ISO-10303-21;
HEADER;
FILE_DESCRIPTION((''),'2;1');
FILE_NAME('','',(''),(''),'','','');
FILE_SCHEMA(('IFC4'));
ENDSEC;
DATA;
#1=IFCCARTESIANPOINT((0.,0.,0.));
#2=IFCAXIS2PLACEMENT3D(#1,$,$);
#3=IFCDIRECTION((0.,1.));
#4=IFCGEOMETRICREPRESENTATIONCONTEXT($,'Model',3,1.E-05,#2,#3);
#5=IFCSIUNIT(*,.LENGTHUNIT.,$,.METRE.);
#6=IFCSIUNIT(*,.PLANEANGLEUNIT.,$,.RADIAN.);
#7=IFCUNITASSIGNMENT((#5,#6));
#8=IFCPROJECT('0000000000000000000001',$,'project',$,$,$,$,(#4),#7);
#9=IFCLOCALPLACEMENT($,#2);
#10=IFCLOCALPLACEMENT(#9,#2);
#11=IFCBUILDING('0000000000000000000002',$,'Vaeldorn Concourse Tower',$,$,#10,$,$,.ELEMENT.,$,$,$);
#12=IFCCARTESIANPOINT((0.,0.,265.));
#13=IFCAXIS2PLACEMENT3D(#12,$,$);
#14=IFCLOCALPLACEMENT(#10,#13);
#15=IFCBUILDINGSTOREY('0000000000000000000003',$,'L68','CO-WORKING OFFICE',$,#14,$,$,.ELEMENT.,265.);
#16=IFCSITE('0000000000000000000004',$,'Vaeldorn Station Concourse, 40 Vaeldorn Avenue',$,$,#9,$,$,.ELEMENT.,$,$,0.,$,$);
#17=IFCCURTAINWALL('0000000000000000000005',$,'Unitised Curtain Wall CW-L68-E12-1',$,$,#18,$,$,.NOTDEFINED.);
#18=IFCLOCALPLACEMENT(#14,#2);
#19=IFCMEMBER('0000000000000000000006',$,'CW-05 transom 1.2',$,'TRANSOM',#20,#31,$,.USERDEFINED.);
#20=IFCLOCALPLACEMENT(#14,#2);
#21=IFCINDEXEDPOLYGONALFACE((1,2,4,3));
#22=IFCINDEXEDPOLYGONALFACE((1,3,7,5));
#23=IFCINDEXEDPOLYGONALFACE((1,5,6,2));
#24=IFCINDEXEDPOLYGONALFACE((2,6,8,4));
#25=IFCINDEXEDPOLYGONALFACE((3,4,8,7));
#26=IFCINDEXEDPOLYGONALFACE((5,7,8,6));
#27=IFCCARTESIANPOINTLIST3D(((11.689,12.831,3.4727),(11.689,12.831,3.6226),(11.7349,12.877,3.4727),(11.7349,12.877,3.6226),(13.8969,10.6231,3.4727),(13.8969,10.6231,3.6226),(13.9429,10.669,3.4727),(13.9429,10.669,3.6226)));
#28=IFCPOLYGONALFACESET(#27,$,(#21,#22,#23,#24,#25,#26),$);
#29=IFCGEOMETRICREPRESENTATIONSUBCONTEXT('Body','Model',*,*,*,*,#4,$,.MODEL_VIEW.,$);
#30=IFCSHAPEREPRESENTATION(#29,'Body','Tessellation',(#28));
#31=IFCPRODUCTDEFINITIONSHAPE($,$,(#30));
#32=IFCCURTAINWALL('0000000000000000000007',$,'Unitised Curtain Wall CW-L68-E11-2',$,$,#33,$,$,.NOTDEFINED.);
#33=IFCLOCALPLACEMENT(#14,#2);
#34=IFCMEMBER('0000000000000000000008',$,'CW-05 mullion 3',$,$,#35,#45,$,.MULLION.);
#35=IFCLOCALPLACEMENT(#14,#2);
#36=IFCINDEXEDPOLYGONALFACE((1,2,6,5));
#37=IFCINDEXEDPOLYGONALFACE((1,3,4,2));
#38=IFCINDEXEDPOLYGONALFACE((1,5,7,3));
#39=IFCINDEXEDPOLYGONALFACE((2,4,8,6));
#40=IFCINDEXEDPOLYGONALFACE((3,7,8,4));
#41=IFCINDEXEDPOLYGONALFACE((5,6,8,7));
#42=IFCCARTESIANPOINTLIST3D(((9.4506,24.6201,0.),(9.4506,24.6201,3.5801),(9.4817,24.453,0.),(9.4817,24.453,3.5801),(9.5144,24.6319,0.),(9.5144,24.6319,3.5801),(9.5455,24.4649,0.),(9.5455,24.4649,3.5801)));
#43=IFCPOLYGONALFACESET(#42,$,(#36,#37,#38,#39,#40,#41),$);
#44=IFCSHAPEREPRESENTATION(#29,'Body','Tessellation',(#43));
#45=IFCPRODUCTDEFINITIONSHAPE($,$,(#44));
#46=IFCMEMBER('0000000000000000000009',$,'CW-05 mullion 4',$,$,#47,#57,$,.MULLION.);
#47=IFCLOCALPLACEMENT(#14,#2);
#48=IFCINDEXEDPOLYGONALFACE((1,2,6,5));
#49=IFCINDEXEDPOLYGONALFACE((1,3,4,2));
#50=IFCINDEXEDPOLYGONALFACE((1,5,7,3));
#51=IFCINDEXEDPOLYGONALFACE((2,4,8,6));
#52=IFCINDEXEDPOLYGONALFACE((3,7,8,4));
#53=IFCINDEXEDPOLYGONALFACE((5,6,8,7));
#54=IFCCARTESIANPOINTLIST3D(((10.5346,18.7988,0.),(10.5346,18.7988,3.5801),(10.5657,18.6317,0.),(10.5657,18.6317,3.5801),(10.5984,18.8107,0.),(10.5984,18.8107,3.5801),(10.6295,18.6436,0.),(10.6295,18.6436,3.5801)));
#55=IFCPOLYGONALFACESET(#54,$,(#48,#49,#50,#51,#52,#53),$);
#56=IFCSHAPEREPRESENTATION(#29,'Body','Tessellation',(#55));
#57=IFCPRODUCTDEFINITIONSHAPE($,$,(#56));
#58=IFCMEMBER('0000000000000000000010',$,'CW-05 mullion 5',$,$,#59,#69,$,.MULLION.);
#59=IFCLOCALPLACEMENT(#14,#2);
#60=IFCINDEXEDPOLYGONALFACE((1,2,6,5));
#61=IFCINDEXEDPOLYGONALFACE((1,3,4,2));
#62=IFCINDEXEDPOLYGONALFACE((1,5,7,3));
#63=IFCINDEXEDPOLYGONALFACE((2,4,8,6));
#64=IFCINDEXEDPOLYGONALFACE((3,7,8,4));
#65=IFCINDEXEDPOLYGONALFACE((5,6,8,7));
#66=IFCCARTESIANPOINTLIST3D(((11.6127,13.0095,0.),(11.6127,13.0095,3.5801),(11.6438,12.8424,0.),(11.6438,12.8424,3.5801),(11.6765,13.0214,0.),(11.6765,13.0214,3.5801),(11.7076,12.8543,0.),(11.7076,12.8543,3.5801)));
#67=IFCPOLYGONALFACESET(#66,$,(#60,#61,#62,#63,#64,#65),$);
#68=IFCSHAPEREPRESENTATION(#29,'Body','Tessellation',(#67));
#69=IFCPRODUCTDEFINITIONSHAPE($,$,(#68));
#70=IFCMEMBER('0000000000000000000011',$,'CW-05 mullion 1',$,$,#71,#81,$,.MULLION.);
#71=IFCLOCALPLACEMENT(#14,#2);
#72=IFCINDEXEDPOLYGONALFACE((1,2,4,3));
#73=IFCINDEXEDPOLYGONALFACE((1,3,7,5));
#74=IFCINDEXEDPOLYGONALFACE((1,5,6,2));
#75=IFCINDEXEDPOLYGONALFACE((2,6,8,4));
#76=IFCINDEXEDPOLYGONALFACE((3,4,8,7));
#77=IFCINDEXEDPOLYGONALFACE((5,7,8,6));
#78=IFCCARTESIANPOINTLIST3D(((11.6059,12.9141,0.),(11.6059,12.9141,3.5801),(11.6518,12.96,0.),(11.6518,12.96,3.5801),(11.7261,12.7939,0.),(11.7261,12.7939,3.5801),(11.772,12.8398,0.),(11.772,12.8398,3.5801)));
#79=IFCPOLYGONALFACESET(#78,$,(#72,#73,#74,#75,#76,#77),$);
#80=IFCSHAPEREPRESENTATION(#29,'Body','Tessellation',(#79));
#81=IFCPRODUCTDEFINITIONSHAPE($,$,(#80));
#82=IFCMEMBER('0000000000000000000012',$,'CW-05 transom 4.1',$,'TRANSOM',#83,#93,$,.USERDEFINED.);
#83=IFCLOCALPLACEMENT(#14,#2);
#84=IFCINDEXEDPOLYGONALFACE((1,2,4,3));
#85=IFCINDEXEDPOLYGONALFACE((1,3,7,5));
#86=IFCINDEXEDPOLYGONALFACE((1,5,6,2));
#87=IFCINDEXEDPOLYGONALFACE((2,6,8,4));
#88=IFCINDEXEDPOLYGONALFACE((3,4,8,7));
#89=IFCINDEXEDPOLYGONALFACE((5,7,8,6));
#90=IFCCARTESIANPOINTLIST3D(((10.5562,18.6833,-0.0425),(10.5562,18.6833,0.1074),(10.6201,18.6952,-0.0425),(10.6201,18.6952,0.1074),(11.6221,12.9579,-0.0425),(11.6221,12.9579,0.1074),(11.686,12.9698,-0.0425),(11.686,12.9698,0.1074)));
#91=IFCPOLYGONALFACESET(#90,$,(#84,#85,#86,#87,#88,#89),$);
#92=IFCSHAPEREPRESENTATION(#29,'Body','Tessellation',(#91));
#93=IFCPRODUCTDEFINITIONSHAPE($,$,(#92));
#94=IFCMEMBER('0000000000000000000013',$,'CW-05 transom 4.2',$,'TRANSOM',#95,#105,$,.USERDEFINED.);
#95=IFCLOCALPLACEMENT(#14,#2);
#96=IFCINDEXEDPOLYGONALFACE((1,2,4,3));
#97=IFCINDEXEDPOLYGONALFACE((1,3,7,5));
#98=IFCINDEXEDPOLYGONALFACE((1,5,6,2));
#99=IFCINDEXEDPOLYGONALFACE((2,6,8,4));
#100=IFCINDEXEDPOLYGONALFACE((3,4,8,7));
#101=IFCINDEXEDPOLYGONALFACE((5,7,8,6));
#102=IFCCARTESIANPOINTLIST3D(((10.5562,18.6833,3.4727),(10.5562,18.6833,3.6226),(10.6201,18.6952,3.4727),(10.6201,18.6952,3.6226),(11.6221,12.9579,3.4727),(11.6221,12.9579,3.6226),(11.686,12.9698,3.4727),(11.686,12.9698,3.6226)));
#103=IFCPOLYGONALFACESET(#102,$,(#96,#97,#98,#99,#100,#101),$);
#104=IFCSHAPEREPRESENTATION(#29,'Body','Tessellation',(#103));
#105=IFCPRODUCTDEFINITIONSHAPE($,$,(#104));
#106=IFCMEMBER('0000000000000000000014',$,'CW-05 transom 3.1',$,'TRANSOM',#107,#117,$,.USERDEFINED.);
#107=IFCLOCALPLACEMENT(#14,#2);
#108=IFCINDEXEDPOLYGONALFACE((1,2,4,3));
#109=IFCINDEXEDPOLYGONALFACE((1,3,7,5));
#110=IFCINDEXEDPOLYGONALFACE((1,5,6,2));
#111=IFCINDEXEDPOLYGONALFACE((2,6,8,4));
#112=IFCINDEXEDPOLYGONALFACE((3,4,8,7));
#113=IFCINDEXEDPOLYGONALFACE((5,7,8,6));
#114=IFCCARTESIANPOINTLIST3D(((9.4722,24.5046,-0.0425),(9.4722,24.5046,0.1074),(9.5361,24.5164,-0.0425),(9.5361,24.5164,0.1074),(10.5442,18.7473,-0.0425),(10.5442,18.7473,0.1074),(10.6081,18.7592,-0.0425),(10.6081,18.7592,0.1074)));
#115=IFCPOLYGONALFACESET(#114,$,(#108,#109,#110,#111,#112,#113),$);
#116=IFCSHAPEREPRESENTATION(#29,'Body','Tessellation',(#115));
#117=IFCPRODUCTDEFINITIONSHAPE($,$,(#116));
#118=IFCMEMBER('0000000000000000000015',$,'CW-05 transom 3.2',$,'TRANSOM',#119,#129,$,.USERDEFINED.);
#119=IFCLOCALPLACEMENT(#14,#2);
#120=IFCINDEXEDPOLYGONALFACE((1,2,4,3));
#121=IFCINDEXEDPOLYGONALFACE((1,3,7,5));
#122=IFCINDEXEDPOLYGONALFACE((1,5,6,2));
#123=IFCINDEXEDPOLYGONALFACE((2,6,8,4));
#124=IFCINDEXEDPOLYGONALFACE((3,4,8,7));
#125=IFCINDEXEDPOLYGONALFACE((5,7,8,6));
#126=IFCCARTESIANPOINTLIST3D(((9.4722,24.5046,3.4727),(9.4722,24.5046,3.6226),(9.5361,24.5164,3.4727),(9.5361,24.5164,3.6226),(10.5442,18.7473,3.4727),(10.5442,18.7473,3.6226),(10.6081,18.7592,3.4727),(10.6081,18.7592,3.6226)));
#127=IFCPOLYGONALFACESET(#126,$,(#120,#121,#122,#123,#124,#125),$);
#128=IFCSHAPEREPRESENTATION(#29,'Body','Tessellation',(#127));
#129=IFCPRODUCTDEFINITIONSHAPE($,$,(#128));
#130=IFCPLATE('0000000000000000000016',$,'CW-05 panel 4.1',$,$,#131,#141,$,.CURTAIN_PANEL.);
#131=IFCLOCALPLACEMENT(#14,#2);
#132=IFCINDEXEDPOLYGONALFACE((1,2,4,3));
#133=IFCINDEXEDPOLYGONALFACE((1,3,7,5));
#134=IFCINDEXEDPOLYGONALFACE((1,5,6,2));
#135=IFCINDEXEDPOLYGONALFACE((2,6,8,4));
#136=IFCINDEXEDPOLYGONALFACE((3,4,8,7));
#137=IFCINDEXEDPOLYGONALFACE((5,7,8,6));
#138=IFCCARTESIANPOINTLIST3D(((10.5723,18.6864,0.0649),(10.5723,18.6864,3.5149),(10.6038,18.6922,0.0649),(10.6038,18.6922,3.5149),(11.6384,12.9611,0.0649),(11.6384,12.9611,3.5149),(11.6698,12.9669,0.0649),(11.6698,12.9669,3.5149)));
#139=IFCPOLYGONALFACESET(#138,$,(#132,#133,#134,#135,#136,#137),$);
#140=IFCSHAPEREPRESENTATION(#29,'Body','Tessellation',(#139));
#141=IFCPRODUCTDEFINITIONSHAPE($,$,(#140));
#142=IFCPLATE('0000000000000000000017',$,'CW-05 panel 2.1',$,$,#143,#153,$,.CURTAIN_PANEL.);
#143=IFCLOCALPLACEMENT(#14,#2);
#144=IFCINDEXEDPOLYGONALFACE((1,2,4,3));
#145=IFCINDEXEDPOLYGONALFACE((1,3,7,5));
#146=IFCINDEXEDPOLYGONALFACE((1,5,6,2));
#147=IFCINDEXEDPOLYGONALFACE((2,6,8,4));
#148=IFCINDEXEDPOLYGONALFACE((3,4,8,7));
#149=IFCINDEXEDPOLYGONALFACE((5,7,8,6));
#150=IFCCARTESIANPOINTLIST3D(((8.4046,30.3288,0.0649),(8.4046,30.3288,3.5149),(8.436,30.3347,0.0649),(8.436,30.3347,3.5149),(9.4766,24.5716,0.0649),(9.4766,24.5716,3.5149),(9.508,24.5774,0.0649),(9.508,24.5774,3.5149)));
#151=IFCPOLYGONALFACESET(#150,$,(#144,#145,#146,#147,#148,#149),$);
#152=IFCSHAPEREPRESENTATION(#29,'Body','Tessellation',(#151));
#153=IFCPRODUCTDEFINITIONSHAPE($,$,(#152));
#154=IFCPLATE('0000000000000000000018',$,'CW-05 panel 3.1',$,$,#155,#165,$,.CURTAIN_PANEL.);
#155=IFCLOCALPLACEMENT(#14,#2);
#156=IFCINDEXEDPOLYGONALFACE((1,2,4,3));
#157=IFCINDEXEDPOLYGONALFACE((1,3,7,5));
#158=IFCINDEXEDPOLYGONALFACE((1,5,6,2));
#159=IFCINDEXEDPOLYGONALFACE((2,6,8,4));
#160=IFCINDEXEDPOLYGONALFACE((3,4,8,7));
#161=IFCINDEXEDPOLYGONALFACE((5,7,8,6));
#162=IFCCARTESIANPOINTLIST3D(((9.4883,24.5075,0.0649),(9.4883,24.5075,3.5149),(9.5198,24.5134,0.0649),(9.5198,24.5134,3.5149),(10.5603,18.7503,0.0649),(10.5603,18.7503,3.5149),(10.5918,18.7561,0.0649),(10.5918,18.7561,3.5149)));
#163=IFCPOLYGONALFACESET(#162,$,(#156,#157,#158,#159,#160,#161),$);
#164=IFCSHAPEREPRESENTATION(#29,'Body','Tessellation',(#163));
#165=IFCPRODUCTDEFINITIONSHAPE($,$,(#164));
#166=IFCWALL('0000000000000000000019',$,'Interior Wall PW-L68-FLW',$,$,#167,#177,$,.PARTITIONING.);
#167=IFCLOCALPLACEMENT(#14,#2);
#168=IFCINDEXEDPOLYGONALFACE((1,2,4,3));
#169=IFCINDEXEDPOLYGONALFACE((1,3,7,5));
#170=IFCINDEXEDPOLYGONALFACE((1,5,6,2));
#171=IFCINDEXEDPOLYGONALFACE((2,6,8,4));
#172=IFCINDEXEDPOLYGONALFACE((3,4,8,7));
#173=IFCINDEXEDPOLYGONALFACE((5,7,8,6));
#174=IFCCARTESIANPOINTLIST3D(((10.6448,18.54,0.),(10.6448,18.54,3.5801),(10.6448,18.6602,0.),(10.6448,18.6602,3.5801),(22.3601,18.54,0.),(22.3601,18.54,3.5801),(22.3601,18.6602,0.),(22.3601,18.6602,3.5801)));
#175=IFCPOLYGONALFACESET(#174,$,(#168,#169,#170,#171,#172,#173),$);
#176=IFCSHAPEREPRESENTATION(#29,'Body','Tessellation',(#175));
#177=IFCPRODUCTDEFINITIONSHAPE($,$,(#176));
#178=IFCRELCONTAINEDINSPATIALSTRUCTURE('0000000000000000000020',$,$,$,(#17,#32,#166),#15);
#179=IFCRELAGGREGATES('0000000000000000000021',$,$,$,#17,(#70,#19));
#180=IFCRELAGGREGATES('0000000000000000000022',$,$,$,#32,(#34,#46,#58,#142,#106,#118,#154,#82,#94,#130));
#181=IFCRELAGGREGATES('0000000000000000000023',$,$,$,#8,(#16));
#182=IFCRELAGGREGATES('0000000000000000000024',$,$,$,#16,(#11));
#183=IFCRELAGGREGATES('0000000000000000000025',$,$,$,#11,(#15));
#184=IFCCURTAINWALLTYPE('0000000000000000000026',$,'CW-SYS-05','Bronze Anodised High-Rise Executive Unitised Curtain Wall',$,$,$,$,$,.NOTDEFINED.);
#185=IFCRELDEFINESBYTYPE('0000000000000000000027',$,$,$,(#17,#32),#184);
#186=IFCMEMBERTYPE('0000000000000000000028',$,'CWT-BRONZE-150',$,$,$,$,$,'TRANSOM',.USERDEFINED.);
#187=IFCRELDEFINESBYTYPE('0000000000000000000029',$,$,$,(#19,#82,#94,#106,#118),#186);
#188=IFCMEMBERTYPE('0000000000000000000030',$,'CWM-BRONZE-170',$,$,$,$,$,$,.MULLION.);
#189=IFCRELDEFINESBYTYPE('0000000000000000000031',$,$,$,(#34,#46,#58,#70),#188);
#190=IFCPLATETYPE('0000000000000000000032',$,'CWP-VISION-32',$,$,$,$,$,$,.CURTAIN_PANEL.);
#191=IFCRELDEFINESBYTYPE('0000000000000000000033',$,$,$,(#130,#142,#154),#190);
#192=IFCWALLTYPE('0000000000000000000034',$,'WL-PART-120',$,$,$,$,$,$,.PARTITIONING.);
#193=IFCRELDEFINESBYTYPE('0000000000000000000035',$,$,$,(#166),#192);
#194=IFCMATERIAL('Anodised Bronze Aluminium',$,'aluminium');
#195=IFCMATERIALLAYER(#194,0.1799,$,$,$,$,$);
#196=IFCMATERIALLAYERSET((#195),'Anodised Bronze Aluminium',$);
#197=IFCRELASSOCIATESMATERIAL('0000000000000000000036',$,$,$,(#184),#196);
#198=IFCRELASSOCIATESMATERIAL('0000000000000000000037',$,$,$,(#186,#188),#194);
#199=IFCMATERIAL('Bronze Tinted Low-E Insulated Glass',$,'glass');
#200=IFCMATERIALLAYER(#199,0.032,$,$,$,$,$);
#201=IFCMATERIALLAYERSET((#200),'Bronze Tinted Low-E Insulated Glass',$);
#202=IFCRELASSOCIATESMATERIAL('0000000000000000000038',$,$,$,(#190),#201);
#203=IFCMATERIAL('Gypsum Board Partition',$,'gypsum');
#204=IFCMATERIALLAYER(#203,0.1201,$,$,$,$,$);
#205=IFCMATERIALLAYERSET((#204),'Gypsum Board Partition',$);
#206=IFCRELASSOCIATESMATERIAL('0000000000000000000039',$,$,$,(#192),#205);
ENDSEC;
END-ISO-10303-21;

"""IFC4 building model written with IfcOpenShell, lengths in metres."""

from ifc_helpers import new_model, si_unit, direction, frame, frame_2d, origin, origin_2d, place, context, subcontext, project, spatial, rectangle, extrude, source, transform, mapped, material, layer, layer_set, material_profile, profile_set, type_object, element, aggregate, save


model = new_model("IFC4")

# Units and contexts
model_context = context("Model", 3, precision=1e-05, world=origin(), true_north=direction((0.0, 1.0)))
body_context = subcontext(model_context, "Body", "Model", "MODEL_VIEW")
ifc_project = project(units=[si_unit("LENGTHUNIT", "METRE"), si_unit("PLANEANGLEUNIT", "RADIAN")], contexts=[model_context])

# Site, building, storey
site_placement = place(None, origin())
site = spatial("IfcSite", under=ifc_project, at=site_placement, Name="Vaeldorn Station Concourse, 40 Vaeldorn Avenue", CompositionType="ELEMENT", RefElevation=0.0)
building_placement = place(site_placement, origin())
building = spatial("IfcBuilding", under=site, at=building_placement, Name="Vaeldorn Concourse Tower", CompositionType="ELEMENT")
storey_placement = place(building_placement, frame((0.0, 0.0, 265.0)))
storey = spatial("IfcBuildingStorey", under=building, at=storey_placement, Name="L68", Description="CO-WORKING OFFICE", CompositionType="ELEMENT", Elevation=265.0)

# Curtain walls, members
ifc_material_1 = material(Name="Anodised Bronze Aluminium", Category="aluminium")
ifc_layer_1 = layer(ifc_material_1, 0.1799)
ifc_layer_set_1 = layer_set([ifc_layer_1], Name="Anodised Bronze Aluminium")
curtain_wall_type = type_object("IfcCurtainWallType", Name="CW-SYS-05", Description="Bronze Anodised High-Rise Executive Unitised Curtain Wall", PredefinedType="NOTDEFINED", material=ifc_layer_set_1)
curtain_wall_1_placement = place(storey_placement, origin())
curtain_wall_1 = element("IfcCurtainWall", 1, at=curtain_wall_1_placement, inside=storey, type_object=curtain_wall_type, Name="Unitised Curtain Wall CW-L68-E12-1", PredefinedType="NOTDEFINED")
ifc_material_profile_1 = material_profile(ifc_material_1, rectangle(XDim=0.0649, YDim=0.1499, at=origin_2d()), Name="CWT 65x150")
ifc_profile_set_1 = profile_set([ifc_material_profile_1], Name="Anodised Bronze Aluminium")
member_type_1 = type_object("IfcMemberType", Name="CWT-BRONZE-150", ElementType="TRANSOM", PredefinedType="USERDEFINED", material=ifc_profile_set_1)
shared_shape_1 = source(origin(), body_context, "Body", "SweptSolid", [
    extrude(rectangle(XDim=0.0649, YDim=0.1499, at=origin_2d()), origin(), (0.0, 0.0, 1.0), 3.1226),
])
member_1_placement = place(storey_placement, frame((11.7119, 12.854, 3.5476), z_axis=(0.707107, -0.707107, 0.0), x_axis=(0.707107, 0.707107, 0.0)))
member_1 = element("IfcMember", 2, at=member_1_placement, type_object=member_type_1, Name="CW-05 transom 1.2", ObjectType="TRANSOM", PredefinedType="USERDEFINED", context=body_context, shape_type="MappedRepresentation", body=[
    mapped(shared_shape_1, transform((0.0, 0.0, 0.0), scale=1.0)),
])
curtain_wall_2_placement = place(storey_placement, origin())
curtain_wall_2 = element("IfcCurtainWall", 3, at=curtain_wall_2_placement, inside=storey, type_object=curtain_wall_type, Name="Unitised Curtain Wall CW-L68-E11-2", PredefinedType="NOTDEFINED")
ifc_material_profile_2 = material_profile(ifc_material_1, rectangle(XDim=0.0649, YDim=0.1699, at=origin_2d()), Name="CWM 65x170")
ifc_profile_set_2 = profile_set([ifc_material_profile_2], Name="Anodised Bronze Aluminium")
member_type_2 = type_object("IfcMemberType", Name="CWM-BRONZE-170", PredefinedType="MULLION", material=ifc_profile_set_2)
shared_shape_2 = source(origin(), body_context, "Body", "SweptSolid", [
    extrude(rectangle(XDim=0.0649, YDim=0.1699, at=origin_2d()), origin(), (0.0, 0.0, 1.0), 3.5801),
])
member_2_placement = place(storey_placement, frame((9.498, 24.5425, 0.0), z_axis=(0.0, 0.0, 1.0), x_axis=(0.983103, 0.183055, 0.0)))
member_2 = element("IfcMember", 4, at=member_2_placement, type_object=member_type_2, Name="CW-05 mullion 3", PredefinedType="MULLION", context=body_context, shape_type="MappedRepresentation", body=[
    mapped(shared_shape_2, transform((0.0, 0.0, 0.0), scale=1.0)),
])
member_3_placement = place(storey_placement, frame((10.582, 18.7212, 0.0), z_axis=(0.0, 0.0, 1.0), x_axis=(0.983103, 0.183055, 0.0)))
member_3 = element("IfcMember", 5, at=member_3_placement, type_object=member_type_2, Name="CW-05 mullion 4", PredefinedType="MULLION", context=body_context, shape_type="MappedRepresentation", body=[
    mapped(shared_shape_2, transform((0.0, 0.0, 0.0), scale=1.0)),
])
member_4_placement = place(storey_placement, frame((11.6602, 12.9319, 0.0), z_axis=(0.0, 0.0, 1.0), x_axis=(0.983103, 0.183055, 0.0)))
member_4 = element("IfcMember", 6, at=member_4_placement, type_object=member_type_2, Name="CW-05 mullion 5", PredefinedType="MULLION", context=body_context, shape_type="MappedRepresentation", body=[
    mapped(shared_shape_2, transform((0.0, 0.0, 0.0), scale=1.0)),
])

# Members
member_5_placement = place(storey_placement, frame((11.689, 12.877, 0.0), z_axis=(0.0, 0.0, 1.0), x_axis=(0.707107, 0.707107, 0.0)))
member_5 = element("IfcMember", 7, at=member_5_placement, type_object=member_type_2, Name="CW-05 mullion 1", PredefinedType="MULLION", context=body_context, shape_type="MappedRepresentation", body=[
    mapped(shared_shape_2, transform((0.0, 0.0, 0.0), scale=1.0)),
])
aggregate(curtain_wall_1, [member_5, member_1])
shared_shape_3 = source(origin(), body_context, "Body", "SweptSolid", [
    extrude(rectangle(XDim=0.0649, YDim=0.1499, at=origin_2d()), origin(), (0.0, 0.0, 1.0), 5.8237),
])
member_6_placement = place(storey_placement, frame((10.5881, 18.6892, 0.0325), z_axis=(0.18303, -0.983107, 0.0), x_axis=(0.983107, 0.18303, 0.0)))
member_6 = element("IfcMember", 8, at=member_6_placement, type_object=member_type_1, Name="CW-05 transom 4.1", ObjectType="TRANSOM", PredefinedType="USERDEFINED", context=body_context, shape_type="MappedRepresentation", body=[
    mapped(shared_shape_3, transform((0.0, 0.0, 0.0), scale=1.0)),
])
member_7_placement = place(storey_placement, frame((10.5881, 18.6892, 3.5476), z_axis=(0.18303, -0.983107, 0.0), x_axis=(0.983107, 0.18303, 0.0)))
member_7 = element("IfcMember", 9, at=member_7_placement, type_object=member_type_1, Name="CW-05 transom 4.2", ObjectType="TRANSOM", PredefinedType="USERDEFINED", context=body_context, shape_type="MappedRepresentation", body=[
    mapped(shared_shape_3, transform((0.0, 0.0, 0.0), scale=1.0)),
])
shared_shape_4 = source(origin(), body_context, "Body", "SweptSolid", [
    extrude(rectangle(XDim=0.0649, YDim=0.1499, at=origin_2d()), origin(), (0.0, 0.0, 1.0), 5.8562),
])
member_8_placement = place(storey_placement, frame((9.5042, 24.5105, 0.0325), z_axis=(0.183055, -0.983103, 0.0), x_axis=(0.983103, 0.183055, 0.0)))
member_8 = element("IfcMember", 10, at=member_8_placement, type_object=member_type_1, Name="CW-05 transom 3.1", ObjectType="TRANSOM", PredefinedType="USERDEFINED", context=body_context, shape_type="MappedRepresentation", body=[
    mapped(shared_shape_4, transform((0.0, 0.0, 0.0), scale=1.0)),
])
member_9_placement = place(storey_placement, frame((9.5042, 24.5105, 3.5476), z_axis=(0.183055, -0.983103, 0.0), x_axis=(0.983103, 0.183055, 0.0)))
member_9 = element("IfcMember", 11, at=member_9_placement, type_object=member_type_1, Name="CW-05 transom 3.2", ObjectType="TRANSOM", PredefinedType="USERDEFINED", context=body_context, shape_type="MappedRepresentation", body=[
    mapped(shared_shape_4, transform((0.0, 0.0, 0.0), scale=1.0)),
])

# Plates
ifc_material_2 = material(Name="Bronze Tinted Low-E Insulated Glass", Category="glass")
ifc_layer_2 = layer(ifc_material_2, 0.032)
ifc_layer_set_2 = layer_set([ifc_layer_2], Name="Bronze Tinted Low-E Insulated Glass")
plate_type = type_object("IfcPlateType", Name="CWP-VISION-32", PredefinedType="CURTAIN_PANEL", material=ifc_layer_set_2)
shared_shape_5 = source(origin(), body_context, "Body", "SweptSolid", [
    extrude(rectangle(XDim=5.8237, YDim=0.032, at=origin_2d()), origin(), (0.0, 0.0, 1.0), 3.45),
])
plate_1_placement = place(storey_placement, frame((11.1211, 15.8267, 0.0649), z_axis=(0.0, 0.0, 1.0), x_axis=(0.183055, -0.983103, 0.0)))
plate_1 = element("IfcPlate", 12, at=plate_1_placement, type_object=plate_type, Name="CW-05 panel 4.1", PredefinedType="CURTAIN_PANEL", context=body_context, shape_type="MappedRepresentation", body=[
    mapped(shared_shape_5, transform((0.0, 0.0, 0.0), scale=1.0)),
])
shared_shape_6 = source(origin(), body_context, "Body", "SweptSolid", [
    extrude(rectangle(XDim=5.8562, YDim=0.032, at=origin_2d()), origin(), (0.0, 0.0, 1.0), 3.45),
])
plate_2_placement = place(storey_placement, frame((8.9563, 27.4531, 0.0649), z_axis=(0.0, 0.0, 1.0), x_axis=(0.183055, -0.983103, 0.0)))
plate_2 = element("IfcPlate", 13, at=plate_2_placement, type_object=plate_type, Name="CW-05 panel 2.1", PredefinedType="CURTAIN_PANEL", context=body_context, shape_type="MappedRepresentation", body=[
    mapped(shared_shape_6, transform((0.0, 0.0, 0.0), scale=1.0)),
])
plate_3_placement = place(storey_placement, frame((10.04, 21.6318, 0.0649), z_axis=(0.0, 0.0, 1.0), x_axis=(0.183055, -0.983103, 0.0)))
plate_3 = element("IfcPlate", 14, at=plate_3_placement, type_object=plate_type, Name="CW-05 panel 3.1", PredefinedType="CURTAIN_PANEL", context=body_context, shape_type="MappedRepresentation", body=[
    mapped(shared_shape_6, transform((0.0, 0.0, 0.0), scale=1.0)),
])
aggregate(curtain_wall_2, [member_2, member_3, member_4, plate_2, member_8, member_9, plate_3, member_6, member_7, plate_1])

# Wall
ifc_material_3 = material(Name="Gypsum Board Partition", Category="gypsum")
ifc_layer_3 = layer(ifc_material_3, 0.1201)
ifc_layer_set_3 = layer_set([ifc_layer_3], Name="Gypsum Board Partition")
wall_type = type_object("IfcWallType", Name="WL-PART-120", PredefinedType="PARTITIONING", material=ifc_layer_set_3)
wall_placement = place(storey_placement, frame((10.6448, 18.6001, 0.0), z_axis=(0.0, 0.0, 1.0), x_axis=(1.0, 0.0, 0.0)))
element("IfcWall", 15, at=wall_placement, inside=storey, type_object=wall_type, Name="Interior Wall PW-L68-FLW", PredefinedType="PARTITIONING", context=body_context, shape_type="SweptSolid", body=[
    extrude(rectangle(XDim=11.7153, YDim=0.1201, at=frame_2d((5.8577, 0.0))), origin(), (0.0, 0.0, 1.0), 3.5801),
])

save(model, "model.ifc")
